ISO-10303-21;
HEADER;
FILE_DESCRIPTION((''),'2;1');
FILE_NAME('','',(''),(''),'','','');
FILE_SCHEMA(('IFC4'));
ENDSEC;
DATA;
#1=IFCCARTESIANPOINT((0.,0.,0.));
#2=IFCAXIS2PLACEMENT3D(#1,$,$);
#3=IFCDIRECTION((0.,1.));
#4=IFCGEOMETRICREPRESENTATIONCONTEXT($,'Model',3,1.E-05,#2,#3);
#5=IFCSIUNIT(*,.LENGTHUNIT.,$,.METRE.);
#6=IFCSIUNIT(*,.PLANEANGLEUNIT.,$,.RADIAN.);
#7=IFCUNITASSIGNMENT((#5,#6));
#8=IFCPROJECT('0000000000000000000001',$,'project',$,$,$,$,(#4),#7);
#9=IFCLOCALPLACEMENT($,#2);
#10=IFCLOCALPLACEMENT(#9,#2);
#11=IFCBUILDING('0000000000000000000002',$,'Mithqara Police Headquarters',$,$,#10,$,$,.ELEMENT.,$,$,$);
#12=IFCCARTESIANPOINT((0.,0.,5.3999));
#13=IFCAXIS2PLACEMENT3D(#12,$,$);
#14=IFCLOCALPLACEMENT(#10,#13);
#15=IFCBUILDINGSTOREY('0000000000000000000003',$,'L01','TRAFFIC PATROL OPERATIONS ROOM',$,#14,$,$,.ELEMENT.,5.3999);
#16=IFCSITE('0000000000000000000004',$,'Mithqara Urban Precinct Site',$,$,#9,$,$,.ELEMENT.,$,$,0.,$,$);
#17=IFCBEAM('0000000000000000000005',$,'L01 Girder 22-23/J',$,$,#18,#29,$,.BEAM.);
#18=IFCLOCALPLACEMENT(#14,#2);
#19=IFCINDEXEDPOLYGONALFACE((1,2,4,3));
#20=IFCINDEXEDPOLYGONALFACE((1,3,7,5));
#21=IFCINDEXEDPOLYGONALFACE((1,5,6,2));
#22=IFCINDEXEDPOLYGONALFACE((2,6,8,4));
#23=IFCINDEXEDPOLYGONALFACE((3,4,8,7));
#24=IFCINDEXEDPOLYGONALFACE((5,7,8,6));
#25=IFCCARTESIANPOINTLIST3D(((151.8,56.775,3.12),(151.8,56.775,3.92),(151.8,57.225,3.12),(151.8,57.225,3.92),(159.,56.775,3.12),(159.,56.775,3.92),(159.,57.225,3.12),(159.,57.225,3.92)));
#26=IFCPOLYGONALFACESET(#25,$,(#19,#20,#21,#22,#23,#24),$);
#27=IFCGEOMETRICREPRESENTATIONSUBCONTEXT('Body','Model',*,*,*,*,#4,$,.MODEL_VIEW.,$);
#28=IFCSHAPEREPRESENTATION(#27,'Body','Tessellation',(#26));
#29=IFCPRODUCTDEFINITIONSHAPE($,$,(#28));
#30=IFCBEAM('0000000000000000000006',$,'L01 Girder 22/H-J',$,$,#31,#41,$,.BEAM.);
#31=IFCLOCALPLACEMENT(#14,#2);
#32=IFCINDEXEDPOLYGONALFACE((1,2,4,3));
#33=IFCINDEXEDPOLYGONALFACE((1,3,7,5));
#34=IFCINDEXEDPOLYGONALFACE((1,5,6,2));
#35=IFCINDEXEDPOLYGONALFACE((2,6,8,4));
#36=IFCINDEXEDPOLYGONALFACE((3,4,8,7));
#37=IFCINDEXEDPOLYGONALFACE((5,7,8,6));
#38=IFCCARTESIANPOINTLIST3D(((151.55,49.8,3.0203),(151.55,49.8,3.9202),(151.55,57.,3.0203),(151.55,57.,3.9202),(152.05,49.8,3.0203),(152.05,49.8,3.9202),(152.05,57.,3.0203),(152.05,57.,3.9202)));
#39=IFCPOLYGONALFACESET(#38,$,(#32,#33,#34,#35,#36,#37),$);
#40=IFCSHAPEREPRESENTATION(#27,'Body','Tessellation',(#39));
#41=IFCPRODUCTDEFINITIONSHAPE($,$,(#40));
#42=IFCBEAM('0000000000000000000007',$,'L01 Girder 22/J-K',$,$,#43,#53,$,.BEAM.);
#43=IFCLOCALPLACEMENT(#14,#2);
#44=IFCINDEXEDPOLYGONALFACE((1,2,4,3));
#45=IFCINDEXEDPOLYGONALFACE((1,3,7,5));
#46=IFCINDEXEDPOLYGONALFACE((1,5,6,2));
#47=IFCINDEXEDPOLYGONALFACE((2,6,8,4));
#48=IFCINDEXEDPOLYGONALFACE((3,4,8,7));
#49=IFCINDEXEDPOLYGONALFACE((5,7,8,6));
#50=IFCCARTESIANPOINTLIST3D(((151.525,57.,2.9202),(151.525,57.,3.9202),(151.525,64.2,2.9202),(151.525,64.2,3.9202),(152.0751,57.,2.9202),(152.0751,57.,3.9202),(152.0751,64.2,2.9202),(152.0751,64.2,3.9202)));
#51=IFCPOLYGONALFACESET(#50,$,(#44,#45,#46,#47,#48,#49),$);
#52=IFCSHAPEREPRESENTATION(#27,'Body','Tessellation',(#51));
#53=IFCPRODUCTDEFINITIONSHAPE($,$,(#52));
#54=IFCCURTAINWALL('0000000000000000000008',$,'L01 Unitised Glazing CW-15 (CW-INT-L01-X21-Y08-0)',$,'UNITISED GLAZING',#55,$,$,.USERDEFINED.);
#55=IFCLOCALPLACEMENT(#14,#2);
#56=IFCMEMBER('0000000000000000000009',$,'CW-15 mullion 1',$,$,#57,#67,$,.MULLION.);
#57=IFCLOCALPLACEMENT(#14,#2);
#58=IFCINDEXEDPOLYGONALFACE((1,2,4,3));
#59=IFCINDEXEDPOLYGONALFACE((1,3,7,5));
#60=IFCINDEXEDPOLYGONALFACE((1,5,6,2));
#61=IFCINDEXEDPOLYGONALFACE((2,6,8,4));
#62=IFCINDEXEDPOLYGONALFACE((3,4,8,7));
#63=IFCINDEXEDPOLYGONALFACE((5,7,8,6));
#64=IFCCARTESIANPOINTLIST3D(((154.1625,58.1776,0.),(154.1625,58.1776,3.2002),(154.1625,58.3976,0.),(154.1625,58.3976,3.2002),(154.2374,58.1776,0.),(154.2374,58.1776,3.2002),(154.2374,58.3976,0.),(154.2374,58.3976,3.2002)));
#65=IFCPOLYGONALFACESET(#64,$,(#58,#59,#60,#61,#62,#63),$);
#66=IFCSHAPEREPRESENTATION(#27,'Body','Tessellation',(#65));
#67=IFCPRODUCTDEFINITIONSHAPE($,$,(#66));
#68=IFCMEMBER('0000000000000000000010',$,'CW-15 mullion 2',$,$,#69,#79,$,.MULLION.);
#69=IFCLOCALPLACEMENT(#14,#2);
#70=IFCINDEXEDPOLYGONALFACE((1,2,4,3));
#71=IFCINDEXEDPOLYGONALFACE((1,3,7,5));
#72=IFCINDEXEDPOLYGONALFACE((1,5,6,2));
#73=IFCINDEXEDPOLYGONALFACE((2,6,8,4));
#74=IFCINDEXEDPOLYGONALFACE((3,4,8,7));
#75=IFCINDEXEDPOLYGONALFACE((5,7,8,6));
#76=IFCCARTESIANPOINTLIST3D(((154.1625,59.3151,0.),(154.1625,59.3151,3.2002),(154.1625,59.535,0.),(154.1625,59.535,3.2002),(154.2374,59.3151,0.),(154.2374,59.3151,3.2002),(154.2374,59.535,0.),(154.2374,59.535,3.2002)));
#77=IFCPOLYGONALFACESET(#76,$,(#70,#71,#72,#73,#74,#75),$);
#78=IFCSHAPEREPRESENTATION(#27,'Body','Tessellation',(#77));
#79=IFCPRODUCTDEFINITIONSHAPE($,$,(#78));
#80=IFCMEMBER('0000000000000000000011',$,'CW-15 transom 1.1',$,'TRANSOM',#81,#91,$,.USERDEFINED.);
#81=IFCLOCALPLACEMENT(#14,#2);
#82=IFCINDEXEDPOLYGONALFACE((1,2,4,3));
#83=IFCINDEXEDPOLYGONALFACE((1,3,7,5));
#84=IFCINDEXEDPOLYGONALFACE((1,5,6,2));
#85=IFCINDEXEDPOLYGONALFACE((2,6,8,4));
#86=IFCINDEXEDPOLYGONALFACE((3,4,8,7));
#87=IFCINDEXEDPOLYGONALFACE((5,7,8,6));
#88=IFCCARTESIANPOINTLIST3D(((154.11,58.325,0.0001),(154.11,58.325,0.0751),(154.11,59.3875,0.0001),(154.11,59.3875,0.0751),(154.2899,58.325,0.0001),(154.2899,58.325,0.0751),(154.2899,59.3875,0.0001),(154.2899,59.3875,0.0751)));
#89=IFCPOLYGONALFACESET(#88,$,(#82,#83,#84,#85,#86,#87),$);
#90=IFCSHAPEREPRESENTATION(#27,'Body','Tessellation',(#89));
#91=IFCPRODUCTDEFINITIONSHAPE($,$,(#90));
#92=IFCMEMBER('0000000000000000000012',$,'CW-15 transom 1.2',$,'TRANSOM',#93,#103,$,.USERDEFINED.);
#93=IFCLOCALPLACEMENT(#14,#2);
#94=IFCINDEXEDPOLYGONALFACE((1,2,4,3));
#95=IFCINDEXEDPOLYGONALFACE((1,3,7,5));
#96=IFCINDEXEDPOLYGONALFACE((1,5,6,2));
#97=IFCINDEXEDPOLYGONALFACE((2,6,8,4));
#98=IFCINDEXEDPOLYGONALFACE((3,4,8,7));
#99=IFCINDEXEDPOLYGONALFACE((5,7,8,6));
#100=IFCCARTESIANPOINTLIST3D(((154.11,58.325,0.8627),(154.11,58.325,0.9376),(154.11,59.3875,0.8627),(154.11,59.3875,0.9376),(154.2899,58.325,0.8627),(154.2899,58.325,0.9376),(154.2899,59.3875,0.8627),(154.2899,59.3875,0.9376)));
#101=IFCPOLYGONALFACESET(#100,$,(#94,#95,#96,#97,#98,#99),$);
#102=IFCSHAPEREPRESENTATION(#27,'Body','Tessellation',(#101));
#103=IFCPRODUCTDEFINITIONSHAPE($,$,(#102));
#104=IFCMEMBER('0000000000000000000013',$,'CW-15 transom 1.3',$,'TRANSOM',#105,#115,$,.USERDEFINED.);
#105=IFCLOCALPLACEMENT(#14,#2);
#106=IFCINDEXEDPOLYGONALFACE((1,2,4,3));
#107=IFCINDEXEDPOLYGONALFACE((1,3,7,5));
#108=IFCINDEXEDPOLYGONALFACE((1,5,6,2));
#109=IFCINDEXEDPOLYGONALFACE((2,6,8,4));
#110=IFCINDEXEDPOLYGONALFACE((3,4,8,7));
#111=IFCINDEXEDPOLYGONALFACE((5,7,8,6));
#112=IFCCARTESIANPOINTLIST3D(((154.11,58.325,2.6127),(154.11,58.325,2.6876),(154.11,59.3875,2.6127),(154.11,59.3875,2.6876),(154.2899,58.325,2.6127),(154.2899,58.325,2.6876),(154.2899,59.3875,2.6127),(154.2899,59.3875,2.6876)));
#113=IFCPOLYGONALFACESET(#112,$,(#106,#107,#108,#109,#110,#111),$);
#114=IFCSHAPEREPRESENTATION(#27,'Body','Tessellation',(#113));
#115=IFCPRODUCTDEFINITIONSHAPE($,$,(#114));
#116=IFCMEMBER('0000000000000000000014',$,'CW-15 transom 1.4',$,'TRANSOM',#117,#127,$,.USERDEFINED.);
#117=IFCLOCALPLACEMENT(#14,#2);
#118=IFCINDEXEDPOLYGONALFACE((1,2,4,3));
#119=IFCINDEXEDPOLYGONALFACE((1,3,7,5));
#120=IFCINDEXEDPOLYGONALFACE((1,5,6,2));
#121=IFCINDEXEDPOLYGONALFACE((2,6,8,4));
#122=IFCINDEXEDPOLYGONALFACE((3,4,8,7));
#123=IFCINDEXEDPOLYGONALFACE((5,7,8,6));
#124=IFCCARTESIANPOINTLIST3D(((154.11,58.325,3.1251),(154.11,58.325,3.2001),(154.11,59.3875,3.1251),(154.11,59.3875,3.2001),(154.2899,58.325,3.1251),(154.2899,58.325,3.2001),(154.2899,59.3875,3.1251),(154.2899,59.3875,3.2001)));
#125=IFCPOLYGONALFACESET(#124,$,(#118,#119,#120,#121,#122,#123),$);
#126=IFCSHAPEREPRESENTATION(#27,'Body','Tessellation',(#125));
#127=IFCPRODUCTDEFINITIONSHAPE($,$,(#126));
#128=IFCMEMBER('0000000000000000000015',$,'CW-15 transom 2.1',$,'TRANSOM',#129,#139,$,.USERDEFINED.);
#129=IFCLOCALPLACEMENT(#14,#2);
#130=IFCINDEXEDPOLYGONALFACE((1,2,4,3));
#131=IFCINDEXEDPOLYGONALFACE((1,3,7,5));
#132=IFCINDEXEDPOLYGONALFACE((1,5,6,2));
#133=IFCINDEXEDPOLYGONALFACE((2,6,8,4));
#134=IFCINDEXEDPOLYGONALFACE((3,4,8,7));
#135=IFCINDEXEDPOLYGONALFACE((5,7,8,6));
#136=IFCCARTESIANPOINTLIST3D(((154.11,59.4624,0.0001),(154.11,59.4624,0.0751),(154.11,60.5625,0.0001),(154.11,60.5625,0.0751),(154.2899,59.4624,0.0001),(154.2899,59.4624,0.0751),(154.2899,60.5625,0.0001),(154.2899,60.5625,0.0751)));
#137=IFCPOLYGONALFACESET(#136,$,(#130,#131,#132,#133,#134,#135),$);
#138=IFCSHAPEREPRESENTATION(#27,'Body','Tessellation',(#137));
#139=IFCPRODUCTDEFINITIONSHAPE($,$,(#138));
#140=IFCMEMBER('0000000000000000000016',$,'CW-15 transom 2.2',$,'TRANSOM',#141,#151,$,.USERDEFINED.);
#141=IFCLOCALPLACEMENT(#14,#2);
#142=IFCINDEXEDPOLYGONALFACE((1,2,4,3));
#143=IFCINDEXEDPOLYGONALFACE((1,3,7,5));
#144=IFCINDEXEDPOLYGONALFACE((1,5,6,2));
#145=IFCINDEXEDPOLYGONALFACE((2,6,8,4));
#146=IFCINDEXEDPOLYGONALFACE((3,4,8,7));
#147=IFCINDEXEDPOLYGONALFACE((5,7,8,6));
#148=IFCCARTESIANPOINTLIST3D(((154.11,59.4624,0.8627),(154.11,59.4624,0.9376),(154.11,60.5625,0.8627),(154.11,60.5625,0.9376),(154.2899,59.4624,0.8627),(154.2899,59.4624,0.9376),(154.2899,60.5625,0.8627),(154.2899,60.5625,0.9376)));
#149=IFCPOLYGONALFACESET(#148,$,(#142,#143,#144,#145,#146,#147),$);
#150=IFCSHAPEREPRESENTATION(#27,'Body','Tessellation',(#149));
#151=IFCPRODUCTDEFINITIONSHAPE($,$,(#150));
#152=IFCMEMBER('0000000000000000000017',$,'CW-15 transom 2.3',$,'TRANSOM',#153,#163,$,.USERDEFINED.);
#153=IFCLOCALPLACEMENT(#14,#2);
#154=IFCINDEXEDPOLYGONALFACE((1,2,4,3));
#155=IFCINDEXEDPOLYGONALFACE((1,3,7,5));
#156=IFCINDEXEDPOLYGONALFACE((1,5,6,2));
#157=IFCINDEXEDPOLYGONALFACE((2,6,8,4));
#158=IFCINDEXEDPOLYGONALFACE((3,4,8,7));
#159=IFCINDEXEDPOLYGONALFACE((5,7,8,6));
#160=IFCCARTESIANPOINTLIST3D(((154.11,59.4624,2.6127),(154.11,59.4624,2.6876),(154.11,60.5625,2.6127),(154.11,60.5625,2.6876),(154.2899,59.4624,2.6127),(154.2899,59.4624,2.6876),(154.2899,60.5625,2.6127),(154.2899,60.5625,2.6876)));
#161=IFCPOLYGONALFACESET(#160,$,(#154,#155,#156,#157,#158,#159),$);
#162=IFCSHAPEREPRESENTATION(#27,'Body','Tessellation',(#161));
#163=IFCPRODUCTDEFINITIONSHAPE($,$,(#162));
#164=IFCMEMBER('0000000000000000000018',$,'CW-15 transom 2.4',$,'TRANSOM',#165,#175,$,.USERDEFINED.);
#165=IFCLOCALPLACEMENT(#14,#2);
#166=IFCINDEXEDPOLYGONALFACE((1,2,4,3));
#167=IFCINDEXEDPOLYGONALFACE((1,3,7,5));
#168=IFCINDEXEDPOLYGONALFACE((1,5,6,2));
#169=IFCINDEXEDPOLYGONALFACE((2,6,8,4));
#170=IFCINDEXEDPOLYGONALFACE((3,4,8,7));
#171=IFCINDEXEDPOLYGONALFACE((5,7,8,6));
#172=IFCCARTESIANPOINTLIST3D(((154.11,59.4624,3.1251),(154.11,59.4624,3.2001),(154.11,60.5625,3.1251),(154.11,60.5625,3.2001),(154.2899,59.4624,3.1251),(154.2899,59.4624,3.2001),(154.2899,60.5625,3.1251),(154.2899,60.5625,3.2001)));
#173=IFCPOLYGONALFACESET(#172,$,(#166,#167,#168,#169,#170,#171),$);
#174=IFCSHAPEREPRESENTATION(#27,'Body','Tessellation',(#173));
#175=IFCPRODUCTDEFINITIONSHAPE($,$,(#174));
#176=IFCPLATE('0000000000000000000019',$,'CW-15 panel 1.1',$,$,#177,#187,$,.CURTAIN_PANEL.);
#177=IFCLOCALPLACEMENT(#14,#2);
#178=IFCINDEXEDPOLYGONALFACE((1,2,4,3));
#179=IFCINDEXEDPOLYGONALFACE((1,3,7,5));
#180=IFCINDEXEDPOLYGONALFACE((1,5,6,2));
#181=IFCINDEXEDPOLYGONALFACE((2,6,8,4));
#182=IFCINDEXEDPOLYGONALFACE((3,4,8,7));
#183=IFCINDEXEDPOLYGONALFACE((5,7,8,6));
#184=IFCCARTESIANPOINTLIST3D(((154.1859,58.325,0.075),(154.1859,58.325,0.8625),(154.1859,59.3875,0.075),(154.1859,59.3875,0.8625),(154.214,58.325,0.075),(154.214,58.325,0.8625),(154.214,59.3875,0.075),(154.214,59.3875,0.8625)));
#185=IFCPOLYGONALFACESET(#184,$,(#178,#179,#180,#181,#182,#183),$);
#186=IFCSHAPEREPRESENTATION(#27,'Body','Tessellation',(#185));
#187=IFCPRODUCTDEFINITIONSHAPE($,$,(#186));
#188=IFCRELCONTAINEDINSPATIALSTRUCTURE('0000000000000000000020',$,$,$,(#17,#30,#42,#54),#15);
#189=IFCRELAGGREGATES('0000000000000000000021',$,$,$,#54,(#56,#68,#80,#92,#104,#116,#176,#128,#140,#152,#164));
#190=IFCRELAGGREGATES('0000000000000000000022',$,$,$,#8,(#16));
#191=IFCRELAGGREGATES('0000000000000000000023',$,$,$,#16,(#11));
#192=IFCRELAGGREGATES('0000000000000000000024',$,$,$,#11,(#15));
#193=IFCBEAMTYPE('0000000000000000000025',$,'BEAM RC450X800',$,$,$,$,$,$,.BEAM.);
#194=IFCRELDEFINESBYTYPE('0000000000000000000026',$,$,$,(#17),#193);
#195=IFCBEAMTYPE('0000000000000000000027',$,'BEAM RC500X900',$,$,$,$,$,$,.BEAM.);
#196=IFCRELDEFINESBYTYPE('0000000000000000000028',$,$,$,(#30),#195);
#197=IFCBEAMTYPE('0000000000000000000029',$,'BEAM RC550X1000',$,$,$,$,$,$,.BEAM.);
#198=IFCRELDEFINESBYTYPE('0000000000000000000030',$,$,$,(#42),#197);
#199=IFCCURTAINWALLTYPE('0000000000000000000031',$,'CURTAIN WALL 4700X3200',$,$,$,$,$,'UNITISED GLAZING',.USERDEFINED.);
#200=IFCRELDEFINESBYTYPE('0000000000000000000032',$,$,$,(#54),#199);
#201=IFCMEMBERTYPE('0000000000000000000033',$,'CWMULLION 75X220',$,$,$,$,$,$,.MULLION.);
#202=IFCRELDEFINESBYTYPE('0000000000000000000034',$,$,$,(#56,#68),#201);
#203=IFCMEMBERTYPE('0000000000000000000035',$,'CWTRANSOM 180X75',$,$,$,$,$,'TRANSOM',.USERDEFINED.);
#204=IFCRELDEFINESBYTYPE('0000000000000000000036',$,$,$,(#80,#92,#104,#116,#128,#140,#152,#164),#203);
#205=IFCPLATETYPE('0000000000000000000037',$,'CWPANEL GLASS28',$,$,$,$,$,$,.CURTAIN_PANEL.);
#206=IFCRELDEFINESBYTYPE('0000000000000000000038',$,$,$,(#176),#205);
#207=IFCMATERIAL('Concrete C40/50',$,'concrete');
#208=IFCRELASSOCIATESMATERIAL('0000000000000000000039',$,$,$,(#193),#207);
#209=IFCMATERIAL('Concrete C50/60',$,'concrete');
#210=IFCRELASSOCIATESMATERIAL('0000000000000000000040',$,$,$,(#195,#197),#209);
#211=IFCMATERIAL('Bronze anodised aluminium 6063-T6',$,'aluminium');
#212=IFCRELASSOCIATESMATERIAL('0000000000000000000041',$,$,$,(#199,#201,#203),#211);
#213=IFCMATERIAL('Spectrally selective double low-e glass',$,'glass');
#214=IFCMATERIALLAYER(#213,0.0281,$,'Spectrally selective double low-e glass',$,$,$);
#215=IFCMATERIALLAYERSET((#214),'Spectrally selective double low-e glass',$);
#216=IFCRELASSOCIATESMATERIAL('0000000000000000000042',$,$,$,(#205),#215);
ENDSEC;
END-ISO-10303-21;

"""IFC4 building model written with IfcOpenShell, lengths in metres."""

from ifc_helpers import new_model, si_unit, direction, frame, origin, origin_2d, place, context, subcontext, project, spatial, rectangle, extrude, material, layer, layer_set, material_profile, profile_set, type_object, element, aggregate, save


model = new_model("IFC4")

# Units and contexts
model_context = context("Model", 3, precision=1e-05, world=origin(), true_north=direction((0.0, 1.0)))
body_context = subcontext(model_context, "Body", "Model", "MODEL_VIEW")
ifc_project = project(units=[si_unit("LENGTHUNIT", "METRE"), si_unit("PLANEANGLEUNIT", "RADIAN")], contexts=[model_context])

# Site, building, storey
site_placement = place(None, origin())
site = spatial("IfcSite", under=ifc_project, at=site_placement, Name="Mithqara Urban Precinct Site", CompositionType="ELEMENT", RefElevation=0.0)
building_placement = place(site_placement, origin())
building = spatial("IfcBuilding", under=site, at=building_placement, Name="Mithqara Police Headquarters", CompositionType="ELEMENT")
storey_placement = place(building_placement, frame((0.0, 0.0, 5.3999)))
storey = spatial("IfcBuildingStorey", under=building, at=storey_placement, Name="L01", Description="TRAFFIC PATROL OPERATIONS ROOM", CompositionType="ELEMENT", Elevation=5.3999)

# Shared definitions
ifc_material_1 = material(Name="Concrete C50/60", Category="concrete")

# Beams
ifc_material_2 = material(Name="Concrete C40/50", Category="concrete")
ifc_material_profile_1 = material_profile(ifc_material_2, rectangle(XDim=0.45, YDim=0.8, at=origin_2d()), Name="RC 450x800")
ifc_profile_set_1 = profile_set([ifc_material_profile_1], Name="Concrete C40/50")
beam_type_1 = type_object("IfcBeamType", Name="BEAM RC450X800", PredefinedType="BEAM", material=ifc_profile_set_1)
beam_1_placement = place(storey_placement, frame((151.8, 57.0, 3.52), z_axis=(1.0, 0.0, 0.0), x_axis=(0.0, 1.0, 0.0)))
element("IfcBeam", 1, at=beam_1_placement, inside=storey, type_object=beam_type_1, Name="L01 Girder 22-23/J", PredefinedType="BEAM", context=body_context, shape_type="SweptSolid", body=[
    extrude(rectangle(XDim=0.45, YDim=0.8, at=origin_2d()), origin(), (0.0, 0.0, 1.0), 7.2),
])
ifc_material_profile_2 = material_profile(ifc_material_1, rectangle(XDim=0.5, YDim=0.8999, at=origin_2d()), Name="RC 500x900")
ifc_profile_set_2 = profile_set([ifc_material_profile_2], Name="Concrete C50/60")
beam_type_2 = type_object("IfcBeamType", Name="BEAM RC500X900", PredefinedType="BEAM", material=ifc_profile_set_2)
beam_2_placement = place(storey_placement, frame((151.8, 49.8, 3.4702), z_axis=(0.0, 1.0, 0.0), x_axis=(-1.0, 0.0, 0.0)))
element("IfcBeam", 2, at=beam_2_placement, inside=storey, type_object=beam_type_2, Name="L01 Girder 22/H-J", PredefinedType="BEAM", context=body_context, shape_type="SweptSolid", body=[
    extrude(rectangle(XDim=0.5, YDim=0.8999, at=origin_2d()), origin(), (0.0, 0.0, 1.0), 7.2),
])
ifc_material_profile_3 = material_profile(ifc_material_1, rectangle(XDim=0.55, YDim=1.0, at=origin_2d()), Name="RC 550x1000")
ifc_profile_set_3 = profile_set([ifc_material_profile_3], Name="Concrete C50/60")
beam_type_3 = type_object("IfcBeamType", Name="BEAM RC550X1000", PredefinedType="BEAM", material=ifc_profile_set_3)
beam_3_placement = place(storey_placement, frame((151.8, 57.0, 3.4202), z_axis=(0.0, 1.0, 0.0), x_axis=(-1.0, 0.0, 0.0)))
element("IfcBeam", 3, at=beam_3_placement, inside=storey, type_object=beam_type_3, Name="L01 Girder 22/J-K", PredefinedType="BEAM", context=body_context, shape_type="SweptSolid", body=[
    extrude(rectangle(XDim=0.55, YDim=1.0, at=origin_2d()), origin(), (0.0, 0.0, 1.0), 7.2),
])

# Curtain wall, members, plate
ifc_material_3 = material(Name="Bronze anodised aluminium 6063-T6", Category="aluminium")
curtain_wall_type = type_object("IfcCurtainWallType", Name="CURTAIN WALL 4700X3200", ElementType="UNITISED GLAZING", PredefinedType="USERDEFINED", material=ifc_material_3)
curtain_wall_placement = place(storey_placement, origin())
curtain_wall = element("IfcCurtainWall", 4, at=curtain_wall_placement, inside=storey, type_object=curtain_wall_type, Name="L01 Unitised Glazing CW-15 (CW-INT-L01-X21-Y08-0)", ObjectType="UNITISED GLAZING", PredefinedType="USERDEFINED")
ifc_material_profile_4 = material_profile(ifc_material_3, rectangle(XDim=0.075, YDim=0.22, at=origin_2d()), Name="CWM 75x220")
ifc_profile_set_4 = profile_set([ifc_material_profile_4], Name="Bronze anodised aluminium 6063-T6")
member_type_1 = type_object("IfcMemberType", Name="CWMULLION 75X220", PredefinedType="MULLION", material=ifc_profile_set_4)
member_1_placement = place(storey_placement, frame((154.2, 58.2876, 0.0), z_axis=(0.0, 0.0, 1.0), x_axis=(-1.0, 0.0, 0.0)))
member_1 = element("IfcMember", 5, at=member_1_placement, type_object=member_type_1, Name="CW-15 mullion 1", PredefinedType="MULLION", context=body_context, shape_type="SweptSolid", body=[
    extrude(rectangle(XDim=0.075, YDim=0.22, at=origin_2d()), origin(), (0.0, 0.0, 1.0), 3.2002),
])
member_2_placement = place(storey_placement, frame((154.2, 59.425, 0.0), z_axis=(0.0, 0.0, 1.0), x_axis=(-1.0, 0.0, 0.0)))
member_2 = element("IfcMember", 6, at=member_2_placement, type_object=member_type_1, Name="CW-15 mullion 2", PredefinedType="MULLION", context=body_context, shape_type="SweptSolid", body=[
    extrude(rectangle(XDim=0.075, YDim=0.22, at=origin_2d()), origin(), (0.0, 0.0, 1.0), 3.2002),
])
ifc_material_profile_5 = material_profile(ifc_material_3, rectangle(XDim=0.1799, YDim=0.075, at=origin_2d()), Name="CWT 180x75")
ifc_profile_set_5 = profile_set([ifc_material_profile_5], Name="Bronze anodised aluminium 6063-T6")
member_type_2 = type_object("IfcMemberType", Name="CWTRANSOM 180X75", ElementType="TRANSOM", PredefinedType="USERDEFINED", material=ifc_profile_set_5)
member_3_placement = place(storey_placement, frame((154.2, 58.325, 0.0376), z_axis=(0.0, 1.0, 0.0), x_axis=(-1.0, 0.0, 0.0)))
member_3 = element("IfcMember", 7, at=member_3_placement, type_object=member_type_2, Name="CW-15 transom 1.1", ObjectType="TRANSOM", PredefinedType="USERDEFINED", context=body_context, shape_type="SweptSolid", body=[
    extrude(rectangle(XDim=0.1799, YDim=0.075, at=origin_2d()), origin(), (0.0, 0.0, 1.0), 1.0625),
])
member_4_placement = place(storey_placement, frame((154.2, 58.325, 0.9001), z_axis=(0.0, 1.0, 0.0), x_axis=(-1.0, 0.0, 0.0)))
member_4 = element("IfcMember", 8, at=member_4_placement, type_object=member_type_2, Name="CW-15 transom 1.2", ObjectType="TRANSOM", PredefinedType="USERDEFINED", context=body_context, shape_type="SweptSolid", body=[
    extrude(rectangle(XDim=0.1799, YDim=0.075, at=origin_2d()), origin(), (0.0, 0.0, 1.0), 1.0625),
])
member_5_placement = place(storey_placement, frame((154.2, 58.325, 2.6501), z_axis=(0.0, 1.0, 0.0), x_axis=(-1.0, 0.0, 0.0)))
member_5 = element("IfcMember", 9, at=member_5_placement, type_object=member_type_2, Name="CW-15 transom 1.3", ObjectType="TRANSOM", PredefinedType="USERDEFINED", context=body_context, shape_type="SweptSolid", body=[
    extrude(rectangle(XDim=0.1799, YDim=0.075, at=origin_2d()), origin(), (0.0, 0.0, 1.0), 1.0625),
])
member_6_placement = place(storey_placement, frame((154.2, 58.325, 3.1626), z_axis=(0.0, 1.0, 0.0), x_axis=(-1.0, 0.0, 0.0)))
member_6 = element("IfcMember", 10, at=member_6_placement, type_object=member_type_2, Name="CW-15 transom 1.4", ObjectType="TRANSOM", PredefinedType="USERDEFINED", context=body_context, shape_type="SweptSolid", body=[
    extrude(rectangle(XDim=0.1799, YDim=0.075, at=origin_2d()), origin(), (0.0, 0.0, 1.0), 1.0625),
])
member_7_placement = place(storey_placement, frame((154.2, 59.4624, 0.0376), z_axis=(0.0, 1.0, 0.0), x_axis=(-1.0, 0.0, 0.0)))
member_7 = element("IfcMember", 11, at=member_7_placement, type_object=member_type_2, Name="CW-15 transom 2.1", ObjectType="TRANSOM", PredefinedType="USERDEFINED", context=body_context, shape_type="SweptSolid", body=[
    extrude(rectangle(XDim=0.1799, YDim=0.075, at=origin_2d()), origin(), (0.0, 0.0, 1.0), 1.1001),
])
member_8_placement = place(storey_placement, frame((154.2, 59.4624, 0.9001), z_axis=(0.0, 1.0, 0.0), x_axis=(-1.0, 0.0, 0.0)))
member_8 = element("IfcMember", 12, at=member_8_placement, type_object=member_type_2, Name="CW-15 transom 2.2", ObjectType="TRANSOM", PredefinedType="USERDEFINED", context=body_context, shape_type="SweptSolid", body=[
    extrude(rectangle(XDim=0.1799, YDim=0.075, at=origin_2d()), origin(), (0.0, 0.0, 1.0), 1.1001),
])
member_9_placement = place(storey_placement, frame((154.2, 59.4624, 2.6501), z_axis=(0.0, 1.0, 0.0), x_axis=(-1.0, 0.0, 0.0)))
member_9 = element("IfcMember", 13, at=member_9_placement, type_object=member_type_2, Name="CW-15 transom 2.3", ObjectType="TRANSOM", PredefinedType="USERDEFINED", context=body_context, shape_type="SweptSolid", body=[
    extrude(rectangle(XDim=0.1799, YDim=0.075, at=origin_2d()), origin(), (0.0, 0.0, 1.0), 1.1001),
])
member_10_placement = place(storey_placement, frame((154.2, 59.4624, 3.1626), z_axis=(0.0, 1.0, 0.0), x_axis=(-1.0, 0.0, 0.0)))
member_10 = element("IfcMember", 14, at=member_10_placement, type_object=member_type_2, Name="CW-15 transom 2.4", ObjectType="TRANSOM", PredefinedType="USERDEFINED", context=body_context, shape_type="SweptSolid", body=[
    extrude(rectangle(XDim=0.1799, YDim=0.075, at=origin_2d()), origin(), (0.0, 0.0, 1.0), 1.1001),
])
ifc_material_4 = material(Name="Spectrally selective double low-e glass", Category="glass")
ifc_layer_1 = layer(ifc_material_4, 0.0281, Name="Spectrally selective double low-e glass")
ifc_layer_set_1 = layer_set([ifc_layer_1], Name="Spectrally selective double low-e glass")
plate_type = type_object("IfcPlateType", Name="CWPANEL GLASS28", PredefinedType="CURTAIN_PANEL", material=ifc_layer_set_1)
plate_1_placement = place(storey_placement, frame((154.2, 58.8562, 0.075), z_axis=(0.0, 0.0, 1.0), x_axis=(0.0, 1.0, 0.0)))
plate_1 = element("IfcPlate", 15, at=plate_1_placement, type_object=plate_type, Name="CW-15 panel 1.1", PredefinedType="CURTAIN_PANEL", context=body_context, shape_type="SweptSolid", body=[
    extrude(rectangle(XDim=1.0625, YDim=0.0281, at=origin_2d()), origin(), (0.0, 0.0, 1.0), 0.7876),
])
aggregate(curtain_wall, [member_1, member_2, member_3, member_4, member_5, member_6, plate_1, member_7, member_8, member_9, member_10])

save(model, "model.ifc")
